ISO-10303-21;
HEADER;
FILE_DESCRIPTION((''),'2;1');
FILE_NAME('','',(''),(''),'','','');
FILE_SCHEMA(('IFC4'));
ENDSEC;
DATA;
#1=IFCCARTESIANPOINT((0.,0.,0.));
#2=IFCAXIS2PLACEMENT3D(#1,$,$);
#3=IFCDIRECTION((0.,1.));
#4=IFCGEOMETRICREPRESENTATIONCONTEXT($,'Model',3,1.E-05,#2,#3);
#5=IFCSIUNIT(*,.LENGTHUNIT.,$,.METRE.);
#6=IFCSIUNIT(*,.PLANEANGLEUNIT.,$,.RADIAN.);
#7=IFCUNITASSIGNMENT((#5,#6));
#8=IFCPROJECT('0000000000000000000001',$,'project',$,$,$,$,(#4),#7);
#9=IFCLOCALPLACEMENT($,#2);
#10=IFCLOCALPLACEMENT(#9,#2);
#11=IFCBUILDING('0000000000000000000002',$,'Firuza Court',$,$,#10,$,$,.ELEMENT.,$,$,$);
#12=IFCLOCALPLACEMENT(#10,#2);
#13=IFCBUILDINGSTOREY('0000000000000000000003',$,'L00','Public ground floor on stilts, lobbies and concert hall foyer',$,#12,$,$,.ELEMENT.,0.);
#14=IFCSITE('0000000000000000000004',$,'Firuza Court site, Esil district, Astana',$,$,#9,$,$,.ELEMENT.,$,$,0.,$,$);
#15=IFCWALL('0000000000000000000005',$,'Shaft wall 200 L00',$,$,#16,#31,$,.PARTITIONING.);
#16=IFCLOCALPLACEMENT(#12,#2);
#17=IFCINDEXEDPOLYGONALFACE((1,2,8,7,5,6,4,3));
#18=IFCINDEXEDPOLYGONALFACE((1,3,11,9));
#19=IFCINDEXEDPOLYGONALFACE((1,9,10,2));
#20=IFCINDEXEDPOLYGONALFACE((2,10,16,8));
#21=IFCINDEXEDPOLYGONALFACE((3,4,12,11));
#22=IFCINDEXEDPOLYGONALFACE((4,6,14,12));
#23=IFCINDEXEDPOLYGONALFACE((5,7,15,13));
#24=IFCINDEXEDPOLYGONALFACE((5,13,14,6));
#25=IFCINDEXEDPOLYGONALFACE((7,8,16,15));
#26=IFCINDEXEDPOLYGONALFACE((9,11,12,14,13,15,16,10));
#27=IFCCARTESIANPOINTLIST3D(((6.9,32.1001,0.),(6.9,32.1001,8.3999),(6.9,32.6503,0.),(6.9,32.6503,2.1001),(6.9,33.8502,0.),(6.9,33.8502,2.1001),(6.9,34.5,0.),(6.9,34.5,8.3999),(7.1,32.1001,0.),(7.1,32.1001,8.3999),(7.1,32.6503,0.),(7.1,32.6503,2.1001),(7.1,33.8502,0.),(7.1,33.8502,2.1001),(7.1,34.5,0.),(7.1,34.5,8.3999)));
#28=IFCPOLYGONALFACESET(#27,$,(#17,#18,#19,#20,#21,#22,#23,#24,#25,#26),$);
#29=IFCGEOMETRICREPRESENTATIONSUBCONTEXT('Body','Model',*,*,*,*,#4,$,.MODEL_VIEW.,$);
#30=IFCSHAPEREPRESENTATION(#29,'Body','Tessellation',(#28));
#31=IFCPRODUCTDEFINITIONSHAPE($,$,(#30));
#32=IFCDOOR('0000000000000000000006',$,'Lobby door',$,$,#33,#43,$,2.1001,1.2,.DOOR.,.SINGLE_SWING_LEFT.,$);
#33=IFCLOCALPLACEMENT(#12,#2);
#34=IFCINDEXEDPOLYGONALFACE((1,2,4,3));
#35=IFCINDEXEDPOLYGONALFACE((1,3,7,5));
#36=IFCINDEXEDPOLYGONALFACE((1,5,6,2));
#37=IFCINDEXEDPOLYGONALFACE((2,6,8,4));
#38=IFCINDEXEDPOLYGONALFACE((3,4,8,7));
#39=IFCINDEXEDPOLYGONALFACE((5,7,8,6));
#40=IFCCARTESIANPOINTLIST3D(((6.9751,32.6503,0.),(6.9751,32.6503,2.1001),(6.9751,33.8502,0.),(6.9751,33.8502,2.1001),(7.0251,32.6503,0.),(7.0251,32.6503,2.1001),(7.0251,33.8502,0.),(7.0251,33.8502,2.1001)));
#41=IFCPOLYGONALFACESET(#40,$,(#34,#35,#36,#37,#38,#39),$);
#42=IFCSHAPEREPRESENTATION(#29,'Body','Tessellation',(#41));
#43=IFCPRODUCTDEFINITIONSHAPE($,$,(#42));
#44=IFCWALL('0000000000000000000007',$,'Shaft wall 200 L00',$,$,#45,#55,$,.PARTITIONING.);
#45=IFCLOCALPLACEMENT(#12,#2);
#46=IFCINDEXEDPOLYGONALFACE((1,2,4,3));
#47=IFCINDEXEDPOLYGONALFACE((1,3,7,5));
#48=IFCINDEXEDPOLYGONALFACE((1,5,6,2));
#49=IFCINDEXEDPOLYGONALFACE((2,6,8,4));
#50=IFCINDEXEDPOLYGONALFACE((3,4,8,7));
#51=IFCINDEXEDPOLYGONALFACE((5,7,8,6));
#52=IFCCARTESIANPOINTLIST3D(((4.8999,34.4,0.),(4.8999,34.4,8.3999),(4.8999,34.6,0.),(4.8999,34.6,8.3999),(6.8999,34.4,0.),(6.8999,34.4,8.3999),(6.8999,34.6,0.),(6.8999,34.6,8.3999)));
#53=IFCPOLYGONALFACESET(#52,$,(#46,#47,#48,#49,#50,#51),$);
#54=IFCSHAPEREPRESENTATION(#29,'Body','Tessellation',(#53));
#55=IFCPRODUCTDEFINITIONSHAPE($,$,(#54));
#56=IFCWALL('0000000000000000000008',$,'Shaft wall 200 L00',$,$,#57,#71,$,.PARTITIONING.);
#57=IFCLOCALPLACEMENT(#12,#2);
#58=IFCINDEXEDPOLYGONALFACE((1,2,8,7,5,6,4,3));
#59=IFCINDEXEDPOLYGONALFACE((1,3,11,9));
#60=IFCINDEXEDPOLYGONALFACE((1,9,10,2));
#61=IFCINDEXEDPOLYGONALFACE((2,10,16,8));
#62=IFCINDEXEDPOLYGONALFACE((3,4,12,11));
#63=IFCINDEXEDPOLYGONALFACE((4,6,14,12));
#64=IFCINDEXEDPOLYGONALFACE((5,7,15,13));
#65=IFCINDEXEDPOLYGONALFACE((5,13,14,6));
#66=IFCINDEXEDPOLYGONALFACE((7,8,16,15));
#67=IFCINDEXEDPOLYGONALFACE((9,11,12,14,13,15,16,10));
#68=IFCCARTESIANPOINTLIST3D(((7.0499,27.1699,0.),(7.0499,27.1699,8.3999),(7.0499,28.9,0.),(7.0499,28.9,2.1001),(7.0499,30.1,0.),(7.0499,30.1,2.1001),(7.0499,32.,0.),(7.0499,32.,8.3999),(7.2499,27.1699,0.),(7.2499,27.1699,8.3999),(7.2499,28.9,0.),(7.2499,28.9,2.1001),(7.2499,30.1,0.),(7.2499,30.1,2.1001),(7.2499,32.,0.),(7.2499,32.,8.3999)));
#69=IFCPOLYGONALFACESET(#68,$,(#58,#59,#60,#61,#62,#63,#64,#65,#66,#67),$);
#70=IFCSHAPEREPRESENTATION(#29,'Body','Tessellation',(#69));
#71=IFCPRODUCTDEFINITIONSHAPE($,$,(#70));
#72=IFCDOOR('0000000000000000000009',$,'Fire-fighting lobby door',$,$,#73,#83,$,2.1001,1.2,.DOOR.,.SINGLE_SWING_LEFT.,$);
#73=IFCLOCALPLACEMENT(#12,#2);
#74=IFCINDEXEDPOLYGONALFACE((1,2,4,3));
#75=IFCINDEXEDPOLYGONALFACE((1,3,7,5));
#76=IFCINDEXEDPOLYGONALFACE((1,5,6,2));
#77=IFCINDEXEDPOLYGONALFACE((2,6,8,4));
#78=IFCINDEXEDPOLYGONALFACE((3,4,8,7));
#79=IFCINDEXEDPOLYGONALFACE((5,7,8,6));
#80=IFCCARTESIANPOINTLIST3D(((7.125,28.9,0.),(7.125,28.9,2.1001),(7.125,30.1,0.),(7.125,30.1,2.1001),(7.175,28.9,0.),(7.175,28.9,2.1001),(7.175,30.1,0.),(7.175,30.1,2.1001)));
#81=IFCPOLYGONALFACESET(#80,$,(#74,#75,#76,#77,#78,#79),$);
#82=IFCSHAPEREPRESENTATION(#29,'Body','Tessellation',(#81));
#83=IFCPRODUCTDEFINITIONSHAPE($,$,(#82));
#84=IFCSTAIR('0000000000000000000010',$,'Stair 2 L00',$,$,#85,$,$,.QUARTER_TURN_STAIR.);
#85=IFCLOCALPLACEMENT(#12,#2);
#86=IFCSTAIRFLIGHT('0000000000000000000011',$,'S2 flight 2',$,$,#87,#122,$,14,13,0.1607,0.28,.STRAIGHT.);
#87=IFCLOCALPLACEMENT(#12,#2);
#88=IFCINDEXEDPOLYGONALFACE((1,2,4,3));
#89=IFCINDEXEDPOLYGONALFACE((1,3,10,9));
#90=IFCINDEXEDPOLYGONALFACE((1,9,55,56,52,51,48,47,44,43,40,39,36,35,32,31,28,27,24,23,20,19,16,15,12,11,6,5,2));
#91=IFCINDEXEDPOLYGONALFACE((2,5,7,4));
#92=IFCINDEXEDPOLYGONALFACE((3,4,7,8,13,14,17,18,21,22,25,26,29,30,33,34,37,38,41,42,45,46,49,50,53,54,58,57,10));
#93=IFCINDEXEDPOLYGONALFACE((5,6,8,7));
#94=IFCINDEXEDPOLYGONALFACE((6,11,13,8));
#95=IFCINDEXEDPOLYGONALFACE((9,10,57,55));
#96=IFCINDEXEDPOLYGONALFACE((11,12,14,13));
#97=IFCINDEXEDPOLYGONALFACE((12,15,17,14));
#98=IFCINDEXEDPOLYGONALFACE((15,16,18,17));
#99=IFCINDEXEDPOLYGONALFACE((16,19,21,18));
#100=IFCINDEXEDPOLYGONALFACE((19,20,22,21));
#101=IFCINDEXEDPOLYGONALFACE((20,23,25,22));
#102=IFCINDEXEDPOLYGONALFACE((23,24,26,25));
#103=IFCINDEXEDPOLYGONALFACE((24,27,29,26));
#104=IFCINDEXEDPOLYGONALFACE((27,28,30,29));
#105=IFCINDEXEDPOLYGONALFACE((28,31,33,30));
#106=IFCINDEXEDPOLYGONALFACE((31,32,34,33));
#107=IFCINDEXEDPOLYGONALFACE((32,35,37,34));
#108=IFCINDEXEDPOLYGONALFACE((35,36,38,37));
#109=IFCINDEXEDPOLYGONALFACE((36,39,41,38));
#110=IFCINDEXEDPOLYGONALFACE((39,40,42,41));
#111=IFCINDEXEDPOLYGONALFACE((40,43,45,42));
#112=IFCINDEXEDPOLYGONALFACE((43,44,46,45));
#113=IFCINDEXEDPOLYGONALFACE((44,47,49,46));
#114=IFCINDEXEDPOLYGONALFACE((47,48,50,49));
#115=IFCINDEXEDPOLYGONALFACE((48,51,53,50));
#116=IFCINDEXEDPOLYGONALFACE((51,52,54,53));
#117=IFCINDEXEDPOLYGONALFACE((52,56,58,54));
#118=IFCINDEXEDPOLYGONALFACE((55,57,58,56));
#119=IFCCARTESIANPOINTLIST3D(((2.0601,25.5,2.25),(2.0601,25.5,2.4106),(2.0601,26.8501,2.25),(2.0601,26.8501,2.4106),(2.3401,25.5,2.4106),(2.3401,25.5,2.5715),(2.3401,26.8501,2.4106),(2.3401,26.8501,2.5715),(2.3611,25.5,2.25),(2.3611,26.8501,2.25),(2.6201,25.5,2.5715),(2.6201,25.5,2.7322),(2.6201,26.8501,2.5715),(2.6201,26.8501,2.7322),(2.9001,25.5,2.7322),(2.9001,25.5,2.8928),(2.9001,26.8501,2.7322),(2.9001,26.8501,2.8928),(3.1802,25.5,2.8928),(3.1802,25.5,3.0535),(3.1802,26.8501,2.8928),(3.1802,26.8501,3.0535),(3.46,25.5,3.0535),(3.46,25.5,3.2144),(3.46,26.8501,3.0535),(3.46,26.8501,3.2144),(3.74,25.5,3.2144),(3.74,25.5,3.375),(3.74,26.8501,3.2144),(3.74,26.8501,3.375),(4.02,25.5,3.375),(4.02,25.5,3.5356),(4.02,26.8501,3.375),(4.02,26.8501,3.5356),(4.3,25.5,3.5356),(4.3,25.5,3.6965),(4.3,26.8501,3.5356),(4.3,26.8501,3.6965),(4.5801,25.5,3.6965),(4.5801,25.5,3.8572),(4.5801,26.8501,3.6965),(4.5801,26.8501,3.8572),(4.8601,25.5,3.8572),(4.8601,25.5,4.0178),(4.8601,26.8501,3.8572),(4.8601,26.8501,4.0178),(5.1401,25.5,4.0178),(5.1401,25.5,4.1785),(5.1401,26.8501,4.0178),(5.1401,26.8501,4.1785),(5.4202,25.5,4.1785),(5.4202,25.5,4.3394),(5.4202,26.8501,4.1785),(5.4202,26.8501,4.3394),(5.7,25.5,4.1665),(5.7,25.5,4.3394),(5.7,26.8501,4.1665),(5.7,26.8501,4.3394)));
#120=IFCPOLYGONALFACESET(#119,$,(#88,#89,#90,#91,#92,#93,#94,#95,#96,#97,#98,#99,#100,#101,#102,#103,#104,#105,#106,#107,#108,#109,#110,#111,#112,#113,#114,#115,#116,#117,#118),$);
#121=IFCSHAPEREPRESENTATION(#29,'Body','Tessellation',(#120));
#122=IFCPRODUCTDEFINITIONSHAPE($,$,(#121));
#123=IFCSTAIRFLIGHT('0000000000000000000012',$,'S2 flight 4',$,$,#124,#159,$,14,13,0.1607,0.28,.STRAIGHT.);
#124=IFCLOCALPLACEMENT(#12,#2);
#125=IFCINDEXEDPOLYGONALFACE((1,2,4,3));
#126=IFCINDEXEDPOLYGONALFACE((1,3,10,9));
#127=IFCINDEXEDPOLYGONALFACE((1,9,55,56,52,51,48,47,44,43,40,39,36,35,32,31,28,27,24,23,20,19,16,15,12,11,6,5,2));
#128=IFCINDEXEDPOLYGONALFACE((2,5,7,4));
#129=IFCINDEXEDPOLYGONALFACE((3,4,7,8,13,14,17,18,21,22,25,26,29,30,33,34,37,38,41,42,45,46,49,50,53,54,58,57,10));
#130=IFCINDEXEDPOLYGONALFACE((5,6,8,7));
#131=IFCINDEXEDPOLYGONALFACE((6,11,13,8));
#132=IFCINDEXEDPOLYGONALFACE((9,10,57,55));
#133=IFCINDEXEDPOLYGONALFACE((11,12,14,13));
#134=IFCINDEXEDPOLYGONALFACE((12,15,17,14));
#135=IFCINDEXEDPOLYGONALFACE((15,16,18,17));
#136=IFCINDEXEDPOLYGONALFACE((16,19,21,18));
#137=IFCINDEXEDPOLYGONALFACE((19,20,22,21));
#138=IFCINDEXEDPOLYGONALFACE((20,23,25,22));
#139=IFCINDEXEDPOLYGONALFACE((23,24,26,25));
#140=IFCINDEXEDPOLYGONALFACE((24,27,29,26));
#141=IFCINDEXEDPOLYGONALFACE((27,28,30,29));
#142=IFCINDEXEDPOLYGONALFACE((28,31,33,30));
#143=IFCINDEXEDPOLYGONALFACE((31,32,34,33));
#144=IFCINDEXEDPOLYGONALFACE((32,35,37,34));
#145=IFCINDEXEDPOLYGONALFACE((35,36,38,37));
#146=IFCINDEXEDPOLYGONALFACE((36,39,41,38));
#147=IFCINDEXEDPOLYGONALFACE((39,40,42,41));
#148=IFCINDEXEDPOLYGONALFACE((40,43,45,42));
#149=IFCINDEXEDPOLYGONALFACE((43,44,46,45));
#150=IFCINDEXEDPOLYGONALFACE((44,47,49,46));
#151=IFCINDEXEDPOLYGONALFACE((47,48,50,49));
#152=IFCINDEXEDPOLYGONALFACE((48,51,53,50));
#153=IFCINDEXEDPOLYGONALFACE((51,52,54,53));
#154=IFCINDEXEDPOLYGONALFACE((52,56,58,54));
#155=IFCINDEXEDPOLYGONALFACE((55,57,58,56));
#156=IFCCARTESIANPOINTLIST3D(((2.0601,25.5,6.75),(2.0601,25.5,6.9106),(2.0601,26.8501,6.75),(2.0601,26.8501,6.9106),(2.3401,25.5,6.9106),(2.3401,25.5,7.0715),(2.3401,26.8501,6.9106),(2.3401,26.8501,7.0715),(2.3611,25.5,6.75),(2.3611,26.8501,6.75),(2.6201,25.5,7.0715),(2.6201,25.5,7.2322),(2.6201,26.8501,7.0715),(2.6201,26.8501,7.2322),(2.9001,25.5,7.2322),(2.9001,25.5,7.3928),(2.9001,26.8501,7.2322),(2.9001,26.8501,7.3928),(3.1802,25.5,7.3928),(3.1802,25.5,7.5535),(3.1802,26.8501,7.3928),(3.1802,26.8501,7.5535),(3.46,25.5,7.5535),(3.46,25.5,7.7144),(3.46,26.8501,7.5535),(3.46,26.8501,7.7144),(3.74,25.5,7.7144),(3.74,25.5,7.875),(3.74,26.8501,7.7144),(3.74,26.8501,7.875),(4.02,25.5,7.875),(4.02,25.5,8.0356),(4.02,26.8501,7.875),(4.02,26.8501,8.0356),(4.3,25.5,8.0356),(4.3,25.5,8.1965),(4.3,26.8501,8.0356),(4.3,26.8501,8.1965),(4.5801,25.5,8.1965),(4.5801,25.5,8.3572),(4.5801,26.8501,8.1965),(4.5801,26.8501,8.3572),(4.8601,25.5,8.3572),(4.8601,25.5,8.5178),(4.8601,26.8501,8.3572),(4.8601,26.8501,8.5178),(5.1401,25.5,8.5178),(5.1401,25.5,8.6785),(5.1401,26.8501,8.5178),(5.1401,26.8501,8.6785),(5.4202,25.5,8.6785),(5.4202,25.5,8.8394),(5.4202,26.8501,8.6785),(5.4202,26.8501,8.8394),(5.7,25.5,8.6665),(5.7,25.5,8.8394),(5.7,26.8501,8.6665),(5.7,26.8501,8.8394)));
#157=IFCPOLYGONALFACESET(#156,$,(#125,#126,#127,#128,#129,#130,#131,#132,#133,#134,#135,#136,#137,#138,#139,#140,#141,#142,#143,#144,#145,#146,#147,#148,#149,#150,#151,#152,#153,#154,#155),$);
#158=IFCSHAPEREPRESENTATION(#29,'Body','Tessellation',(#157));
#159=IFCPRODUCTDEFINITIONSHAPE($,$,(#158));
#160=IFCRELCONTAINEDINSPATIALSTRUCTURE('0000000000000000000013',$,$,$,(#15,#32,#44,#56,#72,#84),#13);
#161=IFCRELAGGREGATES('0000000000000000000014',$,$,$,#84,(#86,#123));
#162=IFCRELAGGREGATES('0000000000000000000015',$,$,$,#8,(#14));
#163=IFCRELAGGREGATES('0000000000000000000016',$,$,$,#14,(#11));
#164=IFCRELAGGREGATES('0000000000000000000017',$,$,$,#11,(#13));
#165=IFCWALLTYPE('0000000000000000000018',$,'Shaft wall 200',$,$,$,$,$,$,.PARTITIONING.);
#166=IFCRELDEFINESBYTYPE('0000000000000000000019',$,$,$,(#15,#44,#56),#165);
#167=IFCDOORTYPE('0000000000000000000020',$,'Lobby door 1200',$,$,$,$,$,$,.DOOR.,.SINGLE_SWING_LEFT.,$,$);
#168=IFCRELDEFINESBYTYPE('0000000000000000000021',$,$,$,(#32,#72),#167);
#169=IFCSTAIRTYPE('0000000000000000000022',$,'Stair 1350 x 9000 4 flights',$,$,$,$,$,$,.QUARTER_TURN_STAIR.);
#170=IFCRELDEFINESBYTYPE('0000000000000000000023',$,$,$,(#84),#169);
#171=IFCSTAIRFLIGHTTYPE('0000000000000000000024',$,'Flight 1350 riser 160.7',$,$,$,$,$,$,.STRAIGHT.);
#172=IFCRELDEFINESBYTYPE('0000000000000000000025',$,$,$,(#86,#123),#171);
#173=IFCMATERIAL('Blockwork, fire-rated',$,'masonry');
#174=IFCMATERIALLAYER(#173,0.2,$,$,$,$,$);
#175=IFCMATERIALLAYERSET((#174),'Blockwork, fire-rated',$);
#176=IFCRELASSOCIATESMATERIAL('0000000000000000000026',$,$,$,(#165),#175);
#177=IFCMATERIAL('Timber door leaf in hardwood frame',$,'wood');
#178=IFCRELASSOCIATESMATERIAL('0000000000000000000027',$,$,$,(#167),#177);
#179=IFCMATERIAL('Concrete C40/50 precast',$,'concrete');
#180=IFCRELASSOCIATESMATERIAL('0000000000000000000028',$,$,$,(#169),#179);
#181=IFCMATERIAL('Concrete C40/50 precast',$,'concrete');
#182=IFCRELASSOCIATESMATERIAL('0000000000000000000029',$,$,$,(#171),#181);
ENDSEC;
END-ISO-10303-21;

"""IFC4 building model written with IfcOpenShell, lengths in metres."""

from ifc_helpers import new_model, si_unit, direction, frame, frame_2d, origin, place, context, subcontext, project, spatial, polyline, rectangle, outline, extrude, material, layer, layer_set, type_object, element, fill, aggregate, save


model = new_model("IFC4")

# Units and contexts
model_context = context("Model", 3, precision=1e-05, world=origin(), true_north=direction((0.0, 1.0)))
body_context = subcontext(model_context, "Body", "Model", "MODEL_VIEW")
ifc_project = project(units=[si_unit("LENGTHUNIT", "METRE"), si_unit("PLANEANGLEUNIT", "RADIAN")], contexts=[model_context])

# Site, building, storey
site_placement = place(None, origin())
site = spatial("IfcSite", under=ifc_project, at=site_placement, Name="Firuza Court site, Esil district, Astana", CompositionType="ELEMENT", RefElevation=0.0)
building_placement = place(site_placement, origin())
building = spatial("IfcBuilding", under=site, at=building_placement, Name="Firuza Court", CompositionType="ELEMENT")
storey_placement = place(building_placement, origin())
storey = spatial("IfcBuildingStorey", under=building, at=storey_placement, Name="L00", Description="Public ground floor on stilts, lobbies and concert hall foyer", CompositionType="ELEMENT", Elevation=0.0)

# Shared definitions
ifc_material_1 = material(Name="Blockwork, fire-rated", Category="masonry")
ifc_layer_1 = layer(ifc_material_1, 0.2)
ifc_layer_set_1 = layer_set([ifc_layer_1], Name="Blockwork, fire-rated")
wall_type_1 = type_object("IfcWallType", Name="Shaft wall 200", PredefinedType="PARTITIONING", material=ifc_layer_set_1)

# Wall, opening, door
wall_1_placement = place(storey_placement, frame((7.0, 32.1001, 0.0), z_axis=(0.0, 0.0, 1.0), x_axis=(0.0, 1.0, 0.0)))
wall_1 = element("IfcWall", 1, at=wall_1_placement, inside=storey, type_object=wall_type_1, Name="Shaft wall 200 L00", PredefinedType="PARTITIONING", context=body_context, shape_type="SweptSolid", body=[
    extrude(rectangle(XDim=2.3999, YDim=0.2, at=frame_2d((1.2, 0.0))), origin(), (0.0, 0.0, 1.0), 8.3999),
])
opening_1_placement = place(wall_1_placement, frame((0.55, 0.0, 0.0)))
opening_1 = element("IfcOpeningElement", 2, at=opening_1_placement, cuts=wall_1, PredefinedType="OPENING", context=body_context, shape_type="SweptSolid", body=[
    extrude(rectangle(XDim=1.2, YDim=2.1001, at=frame_2d((0.6001, 1.05))), frame((0.0, 0.1118, 0.0), z_axis=(0.0, -1.0, 0.0), x_axis=(1.0, 0.0, 0.0)), (0.0, 0.0, 1.0), 0.2239),
])
ifc_material_2 = material(Name="Timber door leaf in hardwood frame", Category="wood")
door_type_1 = type_object("IfcDoorType", Name="Lobby door 1200", OperationType="SINGLE_SWING_LEFT", PredefinedType="DOOR", material=ifc_material_2)
door_1_placement = place(opening_1_placement, origin())
door_1 = element("IfcDoor", 3, at=door_1_placement, inside=storey, type_object=door_type_1, Name="Lobby door", OperationType="SINGLE_SWING_LEFT", OverallHeight=2.1001, OverallWidth=1.2, PredefinedType="DOOR", context=body_context, shape_type="SweptSolid", body=[
    extrude(rectangle(XDim=1.2, YDim=2.1001, at=frame_2d((0.6001, 1.05))), frame((0.0, 0.0249, 0.0), z_axis=(0.0, -1.0, 0.0), x_axis=(1.0, 0.0, 0.0)), (0.0, 0.0, 1.0), 0.05),
])
fill(opening_1, door_1)

# Wall
wall_2_placement = place(storey_placement, frame((4.8999, 34.5, 0.0), z_axis=(0.0, 0.0, 1.0), x_axis=(1.0, 0.0, 0.0)))
element("IfcWall", 4, at=wall_2_placement, inside=storey, type_object=wall_type_1, Name="Shaft wall 200 L00", PredefinedType="PARTITIONING", context=body_context, shape_type="SweptSolid", body=[
    extrude(rectangle(XDim=2.0, YDim=0.2, at=frame_2d((1.0, 0.0))), origin(), (0.0, 0.0, 1.0), 8.3999),
])

# Wall, opening, door
wall_3_placement = place(storey_placement, frame((7.1499, 27.1699, 0.0), z_axis=(0.0, 0.0, 1.0), x_axis=(0.0, 1.0, 0.0)))
wall_3 = element("IfcWall", 5, at=wall_3_placement, inside=storey, type_object=wall_type_1, Name="Shaft wall 200 L00", PredefinedType="PARTITIONING", context=body_context, shape_type="SweptSolid", body=[
    extrude(rectangle(XDim=4.8301, YDim=0.2, at=frame_2d((2.415, 0.0))), origin(), (0.0, 0.0, 1.0), 8.3999),
])
opening_2_placement = place(wall_3_placement, frame((1.73, 0.0, 0.0)))
opening_2 = element("IfcOpeningElement", 6, at=opening_2_placement, cuts=wall_3, PredefinedType="OPENING", context=body_context, shape_type="SweptSolid", body=[
    extrude(rectangle(XDim=1.2, YDim=2.1001, at=frame_2d((0.6001, 1.05))), frame((0.0, 0.1118, 0.0), z_axis=(0.0, -1.0, 0.0), x_axis=(1.0, 0.0, 0.0)), (0.0, 0.0, 1.0), 0.2239),
])
door_2_placement = place(opening_2_placement, origin())
door_2 = element("IfcDoor", 7, at=door_2_placement, inside=storey, type_object=door_type_1, Name="Fire-fighting lobby door", OperationType="SINGLE_SWING_LEFT", OverallHeight=2.1001, OverallWidth=1.2, PredefinedType="DOOR", context=body_context, shape_type="SweptSolid", body=[
    extrude(rectangle(XDim=1.2, YDim=2.1001, at=frame_2d((0.6001, 1.05))), frame((0.0, 0.0249, 0.0), z_axis=(0.0, -1.0, 0.0), x_axis=(1.0, 0.0, 0.0)), (0.0, 0.0, 1.0), 0.05),
])
fill(opening_2, door_2)

# Stair, stair flights
ifc_material_3 = material(Name="Concrete C40/50 precast", Category="concrete")
stair_type = type_object("IfcStairType", Name="Stair 1350 x 9000 4 flights", PredefinedType="QUARTER_TURN_STAIR", material=ifc_material_3)
stair_placement = place(storey_placement, origin())
stair = element("IfcStair", 8, at=stair_placement, inside=storey, type_object=stair_type, Name="Stair 2 L00", PredefinedType="QUARTER_TURN_STAIR")
ifc_material_4 = material(Name="Concrete C40/50 precast", Category="concrete")
stair_flight_type = type_object("IfcStairFlightType", Name="Flight 1350 riser 160.7", PredefinedType="STRAIGHT", material=ifc_material_4)
stair_flight_1_placement = place(storey_placement, frame((2.0601, 26.175, 2.25), z_axis=(0.0, 0.0, 1.0), x_axis=(1.0, 0.0, 0.0)))
stair_flight_1 = element("IfcStairFlight", 9, at=stair_flight_1_placement, type_object=stair_flight_type, Name="S2 flight 2", NumberOfRisers=14, NumberOfTreads=13, PredefinedType="STRAIGHT", RiserHeight=0.1607, TreadLength=0.28, context=body_context, shape_type="SweptSolid", body=[
    extrude(outline(polyline([(0.0, 0.0), (0.0, 0.1606), (0.28, 0.1606), (0.28, 0.3215), (0.5601, 0.3215), (0.5601, 0.4822), (0.8401, 0.4822), (0.8401, 0.6428), (1.1201, 0.6428), (1.1201, 0.8035), (1.3999, 0.8035), (1.3999, 0.9644), (1.6799, 0.9644), (1.6799, 1.125), (1.96, 1.125), (1.96, 1.2856), (2.24, 1.2856), (2.24, 1.4465), (2.52, 1.4465), (2.52, 1.6072), (2.8, 1.6072), (2.8, 1.7678), (3.0801, 1.7678), (3.0801, 1.9285), (3.3601, 1.9285), (3.3601, 2.0894), (3.6399, 2.0894), (3.6399, 2.25), (3.6399, 1.9165), (0.301, 0.0), (0.0, 0.0)])), frame((0.0, 0.675, 0.0), z_axis=(0.0, -1.0, 0.0), x_axis=(1.0, 0.0, 0.0)), (0.0, 0.0, 1.0), 1.3501),
])
stair_flight_2_placement = place(storey_placement, frame((2.0601, 26.175, 6.75), z_axis=(0.0, 0.0, 1.0), x_axis=(1.0, 0.0, 0.0)))
stair_flight_2 = element("IfcStairFlight", 10, at=stair_flight_2_placement, type_object=stair_flight_type, Name="S2 flight 4", NumberOfRisers=14, NumberOfTreads=13, PredefinedType="STRAIGHT", RiserHeight=0.1607, TreadLength=0.28, context=body_context, shape_type="SweptSolid", body=[
    extrude(outline(polyline([(0.0, 0.0), (0.0, 0.1606), (0.28, 0.1606), (0.28, 0.3215), (0.5601, 0.3215), (0.5601, 0.4822), (0.8401, 0.4822), (0.8401, 0.6428), (1.1201, 0.6428), (1.1201, 0.8035), (1.3999, 0.8035), (1.3999, 0.9644), (1.6799, 0.9644), (1.6799, 1.125), (1.96, 1.125), (1.96, 1.2856), (2.24, 1.2856), (2.24, 1.4465), (2.52, 1.4465), (2.52, 1.6072), (2.8, 1.6072), (2.8, 1.7678), (3.0801, 1.7678), (3.0801, 1.9285), (3.3601, 1.9285), (3.3601, 2.0894), (3.6399, 2.0894), (3.6399, 2.25), (3.6399, 1.9165), (0.301, 0.0), (0.0, 0.0)])), frame((0.0, 0.675, 0.0), z_axis=(0.0, -1.0, 0.0), x_axis=(1.0, 0.0, 0.0)), (0.0, 0.0, 1.0), 1.3501),
])
aggregate(stair, [stair_flight_1, stair_flight_2])

save(model, "model.ifc")
